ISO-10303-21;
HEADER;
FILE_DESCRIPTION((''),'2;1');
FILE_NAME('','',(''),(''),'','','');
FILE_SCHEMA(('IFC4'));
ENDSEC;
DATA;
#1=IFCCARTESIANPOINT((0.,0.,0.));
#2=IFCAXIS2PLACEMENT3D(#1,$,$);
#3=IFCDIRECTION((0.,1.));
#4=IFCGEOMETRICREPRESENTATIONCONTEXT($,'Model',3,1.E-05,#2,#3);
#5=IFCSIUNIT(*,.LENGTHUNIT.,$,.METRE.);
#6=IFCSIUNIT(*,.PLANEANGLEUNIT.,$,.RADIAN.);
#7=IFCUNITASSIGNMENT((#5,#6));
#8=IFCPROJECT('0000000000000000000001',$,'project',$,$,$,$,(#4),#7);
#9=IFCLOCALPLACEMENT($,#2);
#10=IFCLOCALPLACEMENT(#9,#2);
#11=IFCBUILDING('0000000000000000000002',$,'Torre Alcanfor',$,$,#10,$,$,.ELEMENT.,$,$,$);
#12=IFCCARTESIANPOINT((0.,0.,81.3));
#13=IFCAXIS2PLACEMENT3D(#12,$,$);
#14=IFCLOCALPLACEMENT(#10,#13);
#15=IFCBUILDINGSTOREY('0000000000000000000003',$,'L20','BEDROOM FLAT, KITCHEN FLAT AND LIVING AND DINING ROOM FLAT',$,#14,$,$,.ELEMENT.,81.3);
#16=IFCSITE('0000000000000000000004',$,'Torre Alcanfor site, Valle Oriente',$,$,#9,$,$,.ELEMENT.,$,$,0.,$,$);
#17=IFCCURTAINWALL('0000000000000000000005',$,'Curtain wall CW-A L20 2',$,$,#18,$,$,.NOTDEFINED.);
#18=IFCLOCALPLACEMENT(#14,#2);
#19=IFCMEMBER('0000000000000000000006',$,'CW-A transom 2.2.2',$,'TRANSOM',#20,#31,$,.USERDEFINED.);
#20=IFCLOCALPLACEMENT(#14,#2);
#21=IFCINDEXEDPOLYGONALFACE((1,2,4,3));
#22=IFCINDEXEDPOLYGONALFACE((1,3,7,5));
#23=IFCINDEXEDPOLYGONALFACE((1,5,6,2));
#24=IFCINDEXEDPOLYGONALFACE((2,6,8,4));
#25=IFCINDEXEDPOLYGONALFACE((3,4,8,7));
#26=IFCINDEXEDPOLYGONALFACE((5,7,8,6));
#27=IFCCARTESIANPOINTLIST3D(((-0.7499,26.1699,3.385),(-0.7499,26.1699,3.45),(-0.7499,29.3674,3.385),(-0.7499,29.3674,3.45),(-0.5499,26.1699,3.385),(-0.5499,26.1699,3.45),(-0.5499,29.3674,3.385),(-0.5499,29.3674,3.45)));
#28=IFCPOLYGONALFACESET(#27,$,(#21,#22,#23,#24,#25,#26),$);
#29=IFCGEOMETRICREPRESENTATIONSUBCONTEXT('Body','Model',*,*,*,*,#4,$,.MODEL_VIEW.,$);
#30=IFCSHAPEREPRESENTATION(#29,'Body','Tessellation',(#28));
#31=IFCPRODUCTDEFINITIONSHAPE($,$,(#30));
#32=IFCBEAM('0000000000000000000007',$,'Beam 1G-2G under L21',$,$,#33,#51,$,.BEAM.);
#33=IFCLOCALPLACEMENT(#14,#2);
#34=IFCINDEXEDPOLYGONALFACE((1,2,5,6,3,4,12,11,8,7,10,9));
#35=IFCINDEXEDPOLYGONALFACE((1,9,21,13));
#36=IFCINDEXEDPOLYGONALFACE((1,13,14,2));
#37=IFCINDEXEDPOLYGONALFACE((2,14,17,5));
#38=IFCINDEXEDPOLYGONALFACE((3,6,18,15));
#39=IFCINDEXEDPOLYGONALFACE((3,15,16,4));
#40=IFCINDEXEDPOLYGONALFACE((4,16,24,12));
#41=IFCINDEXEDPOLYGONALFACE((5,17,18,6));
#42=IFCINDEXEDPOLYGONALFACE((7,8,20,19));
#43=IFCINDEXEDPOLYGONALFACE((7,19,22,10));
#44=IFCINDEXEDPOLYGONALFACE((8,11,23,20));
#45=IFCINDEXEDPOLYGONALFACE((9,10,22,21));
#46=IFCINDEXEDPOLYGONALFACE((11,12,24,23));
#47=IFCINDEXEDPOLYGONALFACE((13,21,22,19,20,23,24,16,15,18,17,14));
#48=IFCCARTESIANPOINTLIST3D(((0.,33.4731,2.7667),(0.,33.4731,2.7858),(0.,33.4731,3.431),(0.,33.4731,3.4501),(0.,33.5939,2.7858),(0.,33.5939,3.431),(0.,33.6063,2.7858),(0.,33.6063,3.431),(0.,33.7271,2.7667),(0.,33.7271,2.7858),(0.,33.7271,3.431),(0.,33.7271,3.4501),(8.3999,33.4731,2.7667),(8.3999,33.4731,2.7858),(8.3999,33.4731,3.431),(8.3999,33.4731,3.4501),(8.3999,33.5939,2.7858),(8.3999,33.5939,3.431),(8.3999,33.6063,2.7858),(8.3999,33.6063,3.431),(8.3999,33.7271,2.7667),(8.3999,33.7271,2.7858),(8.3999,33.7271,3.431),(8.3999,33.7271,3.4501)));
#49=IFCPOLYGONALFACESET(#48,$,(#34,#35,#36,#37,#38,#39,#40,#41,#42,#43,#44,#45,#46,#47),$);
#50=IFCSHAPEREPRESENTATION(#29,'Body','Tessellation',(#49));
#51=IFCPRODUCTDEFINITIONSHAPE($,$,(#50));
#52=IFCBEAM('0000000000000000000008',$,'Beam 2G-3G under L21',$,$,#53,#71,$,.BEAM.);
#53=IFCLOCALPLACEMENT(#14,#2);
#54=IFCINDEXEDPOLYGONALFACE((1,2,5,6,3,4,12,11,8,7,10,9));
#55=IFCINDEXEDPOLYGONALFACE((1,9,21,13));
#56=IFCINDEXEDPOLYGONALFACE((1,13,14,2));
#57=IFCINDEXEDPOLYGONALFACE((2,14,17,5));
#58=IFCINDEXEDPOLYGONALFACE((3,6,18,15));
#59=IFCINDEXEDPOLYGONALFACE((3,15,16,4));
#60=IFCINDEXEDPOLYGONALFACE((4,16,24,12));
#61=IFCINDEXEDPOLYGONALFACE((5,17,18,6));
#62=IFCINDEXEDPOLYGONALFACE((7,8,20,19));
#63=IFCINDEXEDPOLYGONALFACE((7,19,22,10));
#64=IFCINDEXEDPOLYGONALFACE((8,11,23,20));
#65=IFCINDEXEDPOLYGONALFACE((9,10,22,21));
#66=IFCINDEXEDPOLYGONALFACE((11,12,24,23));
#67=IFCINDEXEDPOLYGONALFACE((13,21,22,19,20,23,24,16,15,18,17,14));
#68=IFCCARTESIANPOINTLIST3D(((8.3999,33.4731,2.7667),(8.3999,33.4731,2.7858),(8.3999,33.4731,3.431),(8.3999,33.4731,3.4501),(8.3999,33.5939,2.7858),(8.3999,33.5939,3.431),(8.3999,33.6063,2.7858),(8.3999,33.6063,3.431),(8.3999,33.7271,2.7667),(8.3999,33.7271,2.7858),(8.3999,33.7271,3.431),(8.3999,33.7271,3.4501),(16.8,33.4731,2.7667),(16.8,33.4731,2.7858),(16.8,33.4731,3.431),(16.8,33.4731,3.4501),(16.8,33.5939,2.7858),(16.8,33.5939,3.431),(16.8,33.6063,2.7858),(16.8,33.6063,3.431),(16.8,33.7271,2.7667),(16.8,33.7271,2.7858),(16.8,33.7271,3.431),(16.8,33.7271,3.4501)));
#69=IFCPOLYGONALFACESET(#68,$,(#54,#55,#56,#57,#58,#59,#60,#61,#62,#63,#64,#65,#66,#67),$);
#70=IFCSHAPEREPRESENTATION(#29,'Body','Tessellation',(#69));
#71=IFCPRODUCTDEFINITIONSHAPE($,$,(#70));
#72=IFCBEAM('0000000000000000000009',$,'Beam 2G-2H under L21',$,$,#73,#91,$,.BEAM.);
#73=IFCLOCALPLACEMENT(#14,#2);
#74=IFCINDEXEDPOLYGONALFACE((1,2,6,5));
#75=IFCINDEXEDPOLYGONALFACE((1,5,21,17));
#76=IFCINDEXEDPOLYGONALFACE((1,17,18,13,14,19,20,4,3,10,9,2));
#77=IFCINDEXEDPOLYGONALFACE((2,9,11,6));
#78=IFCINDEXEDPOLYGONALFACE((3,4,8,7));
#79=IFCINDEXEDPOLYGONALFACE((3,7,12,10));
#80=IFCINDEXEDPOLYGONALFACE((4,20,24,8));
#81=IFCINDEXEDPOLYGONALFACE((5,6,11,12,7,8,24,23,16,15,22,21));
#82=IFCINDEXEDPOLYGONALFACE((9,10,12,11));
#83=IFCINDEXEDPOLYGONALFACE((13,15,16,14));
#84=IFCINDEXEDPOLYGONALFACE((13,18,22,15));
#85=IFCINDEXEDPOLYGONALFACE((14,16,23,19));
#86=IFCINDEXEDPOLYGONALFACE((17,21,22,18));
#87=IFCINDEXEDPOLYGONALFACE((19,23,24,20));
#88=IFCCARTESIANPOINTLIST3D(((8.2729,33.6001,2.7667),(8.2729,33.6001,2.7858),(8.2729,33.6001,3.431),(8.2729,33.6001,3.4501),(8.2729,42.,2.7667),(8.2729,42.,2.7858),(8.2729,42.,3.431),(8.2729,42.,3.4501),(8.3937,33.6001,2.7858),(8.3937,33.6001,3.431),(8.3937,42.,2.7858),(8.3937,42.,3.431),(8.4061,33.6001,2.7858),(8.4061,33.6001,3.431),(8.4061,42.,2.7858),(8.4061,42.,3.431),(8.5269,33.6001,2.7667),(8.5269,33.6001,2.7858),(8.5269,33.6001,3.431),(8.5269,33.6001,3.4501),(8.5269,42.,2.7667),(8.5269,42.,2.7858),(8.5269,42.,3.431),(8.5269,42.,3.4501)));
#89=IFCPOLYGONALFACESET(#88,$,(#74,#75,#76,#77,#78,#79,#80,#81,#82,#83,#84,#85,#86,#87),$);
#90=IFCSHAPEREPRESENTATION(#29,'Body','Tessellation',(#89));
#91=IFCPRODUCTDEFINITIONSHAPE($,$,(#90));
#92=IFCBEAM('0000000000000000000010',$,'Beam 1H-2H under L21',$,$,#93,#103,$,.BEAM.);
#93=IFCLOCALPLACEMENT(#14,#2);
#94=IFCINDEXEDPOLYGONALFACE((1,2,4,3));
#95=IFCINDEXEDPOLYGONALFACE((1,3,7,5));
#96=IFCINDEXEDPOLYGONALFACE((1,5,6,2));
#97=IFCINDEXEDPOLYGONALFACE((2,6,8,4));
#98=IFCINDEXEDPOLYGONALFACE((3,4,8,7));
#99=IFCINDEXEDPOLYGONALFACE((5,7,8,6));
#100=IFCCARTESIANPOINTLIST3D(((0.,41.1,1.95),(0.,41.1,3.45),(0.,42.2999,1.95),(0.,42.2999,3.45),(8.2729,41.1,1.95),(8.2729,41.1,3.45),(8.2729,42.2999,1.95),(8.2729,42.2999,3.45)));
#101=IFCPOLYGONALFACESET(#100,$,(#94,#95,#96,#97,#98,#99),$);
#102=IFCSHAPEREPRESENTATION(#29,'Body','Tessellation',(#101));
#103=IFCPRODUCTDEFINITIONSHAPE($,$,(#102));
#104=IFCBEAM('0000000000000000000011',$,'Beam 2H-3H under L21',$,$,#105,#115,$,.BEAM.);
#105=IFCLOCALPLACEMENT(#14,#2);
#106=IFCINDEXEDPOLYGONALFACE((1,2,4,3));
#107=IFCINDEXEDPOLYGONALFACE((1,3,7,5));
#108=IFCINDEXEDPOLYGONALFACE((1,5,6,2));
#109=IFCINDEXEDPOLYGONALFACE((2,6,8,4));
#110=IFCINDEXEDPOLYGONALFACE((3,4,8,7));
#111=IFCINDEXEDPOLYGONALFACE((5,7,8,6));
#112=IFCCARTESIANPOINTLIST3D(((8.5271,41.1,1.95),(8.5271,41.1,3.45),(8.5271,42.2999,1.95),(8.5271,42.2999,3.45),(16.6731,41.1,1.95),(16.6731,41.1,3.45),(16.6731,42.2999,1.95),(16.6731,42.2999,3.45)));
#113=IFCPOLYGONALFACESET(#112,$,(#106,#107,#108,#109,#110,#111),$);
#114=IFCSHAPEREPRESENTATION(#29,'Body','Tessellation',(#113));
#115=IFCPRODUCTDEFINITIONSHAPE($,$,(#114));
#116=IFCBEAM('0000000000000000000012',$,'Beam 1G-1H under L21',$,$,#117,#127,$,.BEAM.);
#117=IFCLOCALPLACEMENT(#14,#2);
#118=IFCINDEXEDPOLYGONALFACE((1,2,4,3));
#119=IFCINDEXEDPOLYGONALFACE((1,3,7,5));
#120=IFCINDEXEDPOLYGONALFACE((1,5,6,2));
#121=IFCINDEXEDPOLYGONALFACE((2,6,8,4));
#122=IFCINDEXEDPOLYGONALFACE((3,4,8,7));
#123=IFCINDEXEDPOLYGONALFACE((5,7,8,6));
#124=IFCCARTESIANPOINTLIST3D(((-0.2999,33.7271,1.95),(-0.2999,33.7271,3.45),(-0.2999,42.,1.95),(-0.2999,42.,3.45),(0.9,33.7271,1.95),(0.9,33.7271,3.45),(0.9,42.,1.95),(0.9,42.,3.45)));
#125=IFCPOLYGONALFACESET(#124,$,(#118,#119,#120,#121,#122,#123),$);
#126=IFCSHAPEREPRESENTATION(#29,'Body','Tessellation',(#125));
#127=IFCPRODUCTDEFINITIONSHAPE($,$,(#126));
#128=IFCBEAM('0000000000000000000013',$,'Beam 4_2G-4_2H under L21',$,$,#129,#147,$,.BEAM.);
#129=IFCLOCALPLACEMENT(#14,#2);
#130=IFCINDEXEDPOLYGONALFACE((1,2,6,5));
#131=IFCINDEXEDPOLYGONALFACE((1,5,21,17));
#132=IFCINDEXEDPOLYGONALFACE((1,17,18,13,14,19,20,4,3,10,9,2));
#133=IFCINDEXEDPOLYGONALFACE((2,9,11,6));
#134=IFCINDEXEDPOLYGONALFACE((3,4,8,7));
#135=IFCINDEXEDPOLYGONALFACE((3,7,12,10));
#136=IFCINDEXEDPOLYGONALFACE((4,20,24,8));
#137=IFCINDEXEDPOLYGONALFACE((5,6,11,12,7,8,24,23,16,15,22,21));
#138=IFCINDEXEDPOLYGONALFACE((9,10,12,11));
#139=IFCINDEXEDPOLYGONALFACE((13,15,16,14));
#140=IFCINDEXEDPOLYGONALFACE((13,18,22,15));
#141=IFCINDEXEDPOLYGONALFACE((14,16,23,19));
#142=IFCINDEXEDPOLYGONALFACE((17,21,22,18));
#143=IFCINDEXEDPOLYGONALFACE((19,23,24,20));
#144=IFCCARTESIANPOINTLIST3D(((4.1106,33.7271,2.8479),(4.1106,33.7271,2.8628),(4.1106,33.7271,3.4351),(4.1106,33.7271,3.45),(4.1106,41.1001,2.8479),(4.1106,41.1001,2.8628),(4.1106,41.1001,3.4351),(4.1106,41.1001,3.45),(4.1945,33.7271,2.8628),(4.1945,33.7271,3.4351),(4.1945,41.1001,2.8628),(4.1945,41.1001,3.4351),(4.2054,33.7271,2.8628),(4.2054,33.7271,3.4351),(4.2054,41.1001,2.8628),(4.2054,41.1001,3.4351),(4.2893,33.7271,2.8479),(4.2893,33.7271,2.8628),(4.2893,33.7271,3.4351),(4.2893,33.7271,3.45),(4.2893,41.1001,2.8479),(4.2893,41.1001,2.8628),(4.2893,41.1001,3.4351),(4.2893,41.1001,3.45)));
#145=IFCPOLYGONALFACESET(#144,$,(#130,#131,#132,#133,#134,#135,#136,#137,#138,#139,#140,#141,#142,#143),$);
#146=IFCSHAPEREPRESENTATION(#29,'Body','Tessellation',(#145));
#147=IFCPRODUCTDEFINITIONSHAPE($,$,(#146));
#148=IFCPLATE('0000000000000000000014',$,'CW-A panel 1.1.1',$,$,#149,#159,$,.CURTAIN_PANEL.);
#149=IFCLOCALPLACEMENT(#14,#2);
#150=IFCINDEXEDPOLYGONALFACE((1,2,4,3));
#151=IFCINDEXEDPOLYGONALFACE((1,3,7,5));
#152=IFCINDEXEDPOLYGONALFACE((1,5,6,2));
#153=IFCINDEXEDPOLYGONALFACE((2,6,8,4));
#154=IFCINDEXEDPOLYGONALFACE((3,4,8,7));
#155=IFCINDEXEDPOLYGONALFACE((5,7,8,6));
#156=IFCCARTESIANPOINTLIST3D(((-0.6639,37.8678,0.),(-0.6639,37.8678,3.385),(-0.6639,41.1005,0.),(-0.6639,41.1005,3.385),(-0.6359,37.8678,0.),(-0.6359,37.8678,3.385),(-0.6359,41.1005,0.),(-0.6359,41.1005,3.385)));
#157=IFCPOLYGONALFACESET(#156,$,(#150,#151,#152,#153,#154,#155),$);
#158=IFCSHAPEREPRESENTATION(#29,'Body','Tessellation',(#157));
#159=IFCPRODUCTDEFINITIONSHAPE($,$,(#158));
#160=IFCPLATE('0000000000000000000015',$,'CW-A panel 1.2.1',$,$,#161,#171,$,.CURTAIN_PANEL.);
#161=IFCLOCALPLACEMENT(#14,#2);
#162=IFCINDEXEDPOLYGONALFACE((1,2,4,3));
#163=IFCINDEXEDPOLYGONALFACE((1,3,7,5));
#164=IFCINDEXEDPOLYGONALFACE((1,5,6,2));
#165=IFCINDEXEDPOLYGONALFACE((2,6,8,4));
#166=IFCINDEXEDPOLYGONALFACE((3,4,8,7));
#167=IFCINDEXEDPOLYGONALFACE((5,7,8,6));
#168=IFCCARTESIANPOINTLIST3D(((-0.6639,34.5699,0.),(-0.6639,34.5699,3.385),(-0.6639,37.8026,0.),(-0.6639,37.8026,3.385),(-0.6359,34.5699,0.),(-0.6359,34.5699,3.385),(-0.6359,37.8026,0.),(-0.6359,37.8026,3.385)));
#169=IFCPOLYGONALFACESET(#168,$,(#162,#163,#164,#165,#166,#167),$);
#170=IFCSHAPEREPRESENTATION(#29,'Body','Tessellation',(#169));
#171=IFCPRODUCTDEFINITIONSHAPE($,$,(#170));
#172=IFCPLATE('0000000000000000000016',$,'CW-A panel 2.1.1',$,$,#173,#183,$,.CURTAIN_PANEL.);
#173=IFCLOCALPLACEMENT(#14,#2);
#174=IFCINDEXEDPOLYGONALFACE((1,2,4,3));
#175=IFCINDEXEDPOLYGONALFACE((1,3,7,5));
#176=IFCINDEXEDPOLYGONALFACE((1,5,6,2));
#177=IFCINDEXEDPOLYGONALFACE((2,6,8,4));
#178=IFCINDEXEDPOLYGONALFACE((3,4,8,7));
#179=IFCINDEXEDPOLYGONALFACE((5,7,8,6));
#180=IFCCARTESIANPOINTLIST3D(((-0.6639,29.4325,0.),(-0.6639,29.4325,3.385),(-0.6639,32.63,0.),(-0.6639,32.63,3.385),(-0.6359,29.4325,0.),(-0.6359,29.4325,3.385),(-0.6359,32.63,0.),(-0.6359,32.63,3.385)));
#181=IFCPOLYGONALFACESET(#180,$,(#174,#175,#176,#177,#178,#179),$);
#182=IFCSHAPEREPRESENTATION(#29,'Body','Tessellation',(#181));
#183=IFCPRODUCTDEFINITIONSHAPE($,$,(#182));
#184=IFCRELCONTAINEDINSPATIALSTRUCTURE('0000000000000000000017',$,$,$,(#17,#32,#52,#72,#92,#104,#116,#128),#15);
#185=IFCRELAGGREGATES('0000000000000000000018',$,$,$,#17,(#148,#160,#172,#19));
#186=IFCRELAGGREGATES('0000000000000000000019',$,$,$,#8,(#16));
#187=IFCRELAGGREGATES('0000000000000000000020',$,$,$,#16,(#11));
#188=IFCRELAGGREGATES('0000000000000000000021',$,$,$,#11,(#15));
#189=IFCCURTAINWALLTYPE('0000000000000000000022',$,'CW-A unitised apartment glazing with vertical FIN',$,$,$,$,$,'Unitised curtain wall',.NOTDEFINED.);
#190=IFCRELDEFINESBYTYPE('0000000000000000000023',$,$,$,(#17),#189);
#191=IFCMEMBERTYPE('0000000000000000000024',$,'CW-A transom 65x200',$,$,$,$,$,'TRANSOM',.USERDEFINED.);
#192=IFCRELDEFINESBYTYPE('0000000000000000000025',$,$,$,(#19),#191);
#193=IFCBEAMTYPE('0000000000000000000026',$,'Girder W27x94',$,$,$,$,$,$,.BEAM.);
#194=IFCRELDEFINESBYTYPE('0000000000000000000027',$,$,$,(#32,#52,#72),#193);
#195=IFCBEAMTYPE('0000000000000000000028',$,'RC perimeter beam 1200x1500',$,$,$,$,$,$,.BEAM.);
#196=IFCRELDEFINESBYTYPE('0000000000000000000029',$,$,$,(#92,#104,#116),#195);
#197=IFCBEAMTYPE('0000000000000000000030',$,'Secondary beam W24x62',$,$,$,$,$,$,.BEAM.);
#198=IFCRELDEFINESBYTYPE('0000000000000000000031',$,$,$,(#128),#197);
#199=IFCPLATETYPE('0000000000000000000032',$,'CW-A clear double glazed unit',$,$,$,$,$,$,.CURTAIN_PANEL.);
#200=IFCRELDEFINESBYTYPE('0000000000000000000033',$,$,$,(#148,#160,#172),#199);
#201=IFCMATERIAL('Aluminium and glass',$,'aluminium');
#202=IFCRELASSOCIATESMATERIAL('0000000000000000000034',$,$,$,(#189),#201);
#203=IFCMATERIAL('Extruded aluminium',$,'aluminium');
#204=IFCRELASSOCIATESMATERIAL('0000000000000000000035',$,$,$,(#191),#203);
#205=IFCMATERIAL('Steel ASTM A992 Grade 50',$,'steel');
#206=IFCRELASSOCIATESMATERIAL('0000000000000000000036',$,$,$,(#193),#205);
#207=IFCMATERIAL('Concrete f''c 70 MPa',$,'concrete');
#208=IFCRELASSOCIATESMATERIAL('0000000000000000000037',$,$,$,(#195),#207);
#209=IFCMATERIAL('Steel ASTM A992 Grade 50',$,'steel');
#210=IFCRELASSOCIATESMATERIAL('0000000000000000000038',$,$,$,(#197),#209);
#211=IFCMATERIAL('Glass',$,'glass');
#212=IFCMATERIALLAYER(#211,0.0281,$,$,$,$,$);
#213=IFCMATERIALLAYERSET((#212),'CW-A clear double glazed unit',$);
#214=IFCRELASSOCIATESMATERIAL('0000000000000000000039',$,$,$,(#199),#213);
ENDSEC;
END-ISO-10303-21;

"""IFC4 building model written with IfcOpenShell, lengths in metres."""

from ifc_helpers import new_model, si_unit, direction, frame, origin, origin_2d, place, context, subcontext, project, spatial, rectangle, i_section, extrude, material, layer, layer_set, material_profile, profile_set, type_object, element, aggregate, save


model = new_model("IFC4")

# Units and contexts
model_context = context("Model", 3, precision=1e-05, world=origin(), true_north=direction((0.0, 1.0)))
body_context = subcontext(model_context, "Body", "Model", "MODEL_VIEW")
ifc_project = project(units=[si_unit("LENGTHUNIT", "METRE"), si_unit("PLANEANGLEUNIT", "RADIAN")], contexts=[model_context])

# Site, building, storey
site_placement = place(None, origin())
site = spatial("IfcSite", under=ifc_project, at=site_placement, Name="Torre Alcanfor site, Valle Oriente", CompositionType="ELEMENT", RefElevation=0.0)
building_placement = place(site_placement, origin())
building = spatial("IfcBuilding", under=site, at=building_placement, Name="Torre Alcanfor", CompositionType="ELEMENT")
storey_placement = place(building_placement, frame((0.0, 0.0, 81.3)))
storey = spatial("IfcBuildingStorey", under=building, at=storey_placement, Name="L20", Description="BEDROOM FLAT, KITCHEN FLAT AND LIVING AND DINING ROOM FLAT", CompositionType="ELEMENT", Elevation=81.3)

# Curtain wall, member
ifc_material_1 = material(Name="Aluminium and glass", Category="aluminium")
curtain_wall_type = type_object("IfcCurtainWallType", Name="CW-A unitised apartment glazing with vertical FIN", ElementType="Unitised curtain wall", PredefinedType="NOTDEFINED", material=ifc_material_1)
curtain_wall_placement = place(storey_placement, origin())
curtain_wall = element("IfcCurtainWall", 1, at=curtain_wall_placement, inside=storey, type_object=curtain_wall_type, Name="Curtain wall CW-A L20 2", PredefinedType="NOTDEFINED")
ifc_material_2 = material(Name="Extruded aluminium", Category="aluminium")
ifc_material_profile_1 = material_profile(ifc_material_2, rectangle(XDim=0.2, YDim=0.0649, at=origin_2d()), Name="CW-A transom 200x65")
ifc_profile_set_1 = profile_set([ifc_material_profile_1], Name="Extruded aluminium")
member_type_1 = type_object("IfcMemberType", Name="CW-A transom 65x200", ElementType="TRANSOM", PredefinedType="USERDEFINED", material=ifc_profile_set_1)
member_1_placement = place(storey_placement, frame((-0.6499, 29.3674, 3.4175), z_axis=(0.0, -1.0, 0.0), x_axis=(1.0, 0.0, 0.0)))
member_1 = element("IfcMember", 2, at=member_1_placement, type_object=member_type_1, Name="CW-A transom 2.2.2", ObjectType="TRANSOM", PredefinedType="USERDEFINED", context=body_context, shape_type="SweptSolid", body=[
    extrude(rectangle(XDim=0.2, YDim=0.0649, at=origin_2d()), origin(), (0.0, 0.0, 1.0), 3.1975),
])

# Beams
ifc_material_3 = material(Name="Steel ASTM A992 Grade 50", Category="steel")
ifc_material_profile_2 = material_profile(ifc_material_3, i_section(OverallWidth=0.2539, OverallDepth=0.6833, WebThickness=0.0125, FlangeThickness=0.019, at=origin_2d()), Name="W27x94")
ifc_profile_set_2 = profile_set([ifc_material_profile_2], Name="Steel ASTM A992 Grade 50")
beam_type_1 = type_object("IfcBeamType", Name="Girder W27x94", PredefinedType="BEAM", material=ifc_profile_set_2)
beam_1_placement = place(storey_placement, frame((0.0, 33.6001, 3.1084), z_axis=(1.0, 0.0, 0.0), x_axis=(0.0, 1.0, 0.0)))
element("IfcBeam", 3, at=beam_1_placement, inside=storey, type_object=beam_type_1, Name="Beam 1G-2G under L21", PredefinedType="BEAM", context=body_context, shape_type="SweptSolid", body=[
    extrude(i_section(OverallWidth=0.2539, OverallDepth=0.6833, WebThickness=0.0125, FlangeThickness=0.019, at=origin_2d()), origin(), (0.0, 0.0, 1.0), 8.3999),
])
beam_2_placement = place(storey_placement, frame((8.3999, 33.6001, 3.1084), z_axis=(1.0, 0.0, 0.0), x_axis=(0.0, 1.0, 0.0)))
element("IfcBeam", 4, at=beam_2_placement, inside=storey, type_object=beam_type_1, Name="Beam 2G-3G under L21", PredefinedType="BEAM", context=body_context, shape_type="SweptSolid", body=[
    extrude(i_section(OverallWidth=0.2539, OverallDepth=0.6833, WebThickness=0.0125, FlangeThickness=0.019, at=origin_2d()), origin(), (0.0, 0.0, 1.0), 8.4001),
])
beam_3_placement = place(storey_placement, frame((8.3999, 33.6001, 3.1084), z_axis=(0.0, 1.0, 0.0), x_axis=(-1.0, 0.0, 0.0)))
element("IfcBeam", 5, at=beam_3_placement, inside=storey, type_object=beam_type_1, Name="Beam 2G-2H under L21", PredefinedType="BEAM", context=body_context, shape_type="SweptSolid", body=[
    extrude(i_section(OverallWidth=0.2539, OverallDepth=0.6833, WebThickness=0.0125, FlangeThickness=0.019, at=origin_2d()), origin(), (0.0, 0.0, 1.0), 8.3999),
])
ifc_material_4 = material(Name="Concrete f'c 70 MPa", Category="concrete")
ifc_material_profile_3 = material_profile(ifc_material_4, rectangle(XDim=1.2, YDim=1.5, at=origin_2d()), Name="1200x1500")
ifc_profile_set_3 = profile_set([ifc_material_profile_3], Name="Concrete f'c 70 MPa")
beam_type_2 = type_object("IfcBeamType", Name="RC perimeter beam 1200x1500", PredefinedType="BEAM", material=ifc_profile_set_3)
beam_4_placement = place(storey_placement, frame((0.0, 41.7, 2.7), z_axis=(1.0, 0.0, 0.0), x_axis=(0.0, 1.0, 0.0)))
element("IfcBeam", 6, at=beam_4_placement, inside=storey, type_object=beam_type_2, Name="Beam 1H-2H under L21", PredefinedType="BEAM", context=body_context, shape_type="SweptSolid", body=[
    extrude(rectangle(XDim=1.2, YDim=1.5, at=origin_2d()), origin(), (0.0, 0.0, 1.0), 8.2729),
])
beam_5_placement = place(storey_placement, frame((8.5271, 41.7, 2.7), z_axis=(1.0, 0.0, 0.0), x_axis=(0.0, 1.0, 0.0)))
element("IfcBeam", 7, at=beam_5_placement, inside=storey, type_object=beam_type_2, Name="Beam 2H-3H under L21", PredefinedType="BEAM", context=body_context, shape_type="SweptSolid", body=[
    extrude(rectangle(XDim=1.2, YDim=1.5, at=origin_2d()), origin(), (0.0, 0.0, 1.0), 8.146),
])
beam_6_placement = place(storey_placement, frame((0.3, 33.7271, 2.7), z_axis=(0.0, 1.0, 0.0), x_axis=(-1.0, 0.0, 0.0)))
element("IfcBeam", 8, at=beam_6_placement, inside=storey, type_object=beam_type_2, Name="Beam 1G-1H under L21", PredefinedType="BEAM", context=body_context, shape_type="SweptSolid", body=[
    extrude(rectangle(XDim=1.2, YDim=1.5, at=origin_2d()), origin(), (0.0, 0.0, 1.0), 8.2729),
])
ifc_material_5 = material(Name="Steel ASTM A992 Grade 50", Category="steel")
ifc_material_profile_4 = material_profile(ifc_material_5, i_section(OverallWidth=0.1787, OverallDepth=0.6021, WebThickness=0.011, FlangeThickness=0.0149, at=origin_2d()), Name="W24x62")
ifc_profile_set_4 = profile_set([ifc_material_profile_4], Name="Steel ASTM A992 Grade 50")
beam_type_3 = type_object("IfcBeamType", Name="Secondary beam W24x62", PredefinedType="BEAM", material=ifc_profile_set_4)
beam_7_placement = place(storey_placement, frame((4.2, 33.7271, 3.1489), z_axis=(0.0, 1.0, 0.0), x_axis=(-1.0, 0.0, 0.0)))
element("IfcBeam", 9, at=beam_7_placement, inside=storey, type_object=beam_type_3, Name="Beam 4_2G-4_2H under L21", PredefinedType="BEAM", context=body_context, shape_type="SweptSolid", body=[
    extrude(i_section(OverallWidth=0.1787, OverallDepth=0.6021, WebThickness=0.011, FlangeThickness=0.0149, at=origin_2d()), origin(), (0.0, 0.0, 1.0), 7.373),
])

# Plates
ifc_material_6 = material(Name="Glass", Category="glass")
ifc_layer_1 = layer(ifc_material_6, 0.0281)
ifc_layer_set_1 = layer_set([ifc_layer_1], Name="CW-A clear double glazed unit")
plate_type = type_object("IfcPlateType", Name="CW-A clear double glazed unit", PredefinedType="CURTAIN_PANEL", material=ifc_layer_set_1)
plate_1_placement = place(storey_placement, frame((-0.6499, 39.4841, 0.0), z_axis=(0.0, 0.0, 1.0), x_axis=(0.0, -1.0, 0.0)))
plate_1 = element("IfcPlate", 10, at=plate_1_placement, type_object=plate_type, Name="CW-A panel 1.1.1", PredefinedType="CURTAIN_PANEL", context=body_context, shape_type="SweptSolid", body=[
    extrude(rectangle(XDim=3.2327, YDim=0.0281, at=origin_2d()), origin(), (0.0, 0.0, 1.0), 3.385),
])
plate_2_placement = place(storey_placement, frame((-0.6499, 36.1863, 0.0), z_axis=(0.0, 0.0, 1.0), x_axis=(0.0, -1.0, 0.0)))
plate_2 = element("IfcPlate", 11, at=plate_2_placement, type_object=plate_type, Name="CW-A panel 1.2.1", PredefinedType="CURTAIN_PANEL", context=body_context, shape_type="SweptSolid", body=[
    extrude(rectangle(XDim=3.2327, YDim=0.0281, at=origin_2d()), origin(), (0.0, 0.0, 1.0), 3.385),
])
plate_3_placement = place(storey_placement, frame((-0.6499, 31.0312, 0.0), z_axis=(0.0, 0.0, 1.0), x_axis=(0.0, -1.0, 0.0)))
plate_3 = element("IfcPlate", 12, at=plate_3_placement, type_object=plate_type, Name="CW-A panel 2.1.1", PredefinedType="CURTAIN_PANEL", context=body_context, shape_type="SweptSolid", body=[
    extrude(rectangle(XDim=3.1975, YDim=0.0281, at=origin_2d()), origin(), (0.0, 0.0, 1.0), 3.385),
])
aggregate(curtain_wall, [plate_1, plate_2, plate_3, member_1])

save(model, "model.ifc")
